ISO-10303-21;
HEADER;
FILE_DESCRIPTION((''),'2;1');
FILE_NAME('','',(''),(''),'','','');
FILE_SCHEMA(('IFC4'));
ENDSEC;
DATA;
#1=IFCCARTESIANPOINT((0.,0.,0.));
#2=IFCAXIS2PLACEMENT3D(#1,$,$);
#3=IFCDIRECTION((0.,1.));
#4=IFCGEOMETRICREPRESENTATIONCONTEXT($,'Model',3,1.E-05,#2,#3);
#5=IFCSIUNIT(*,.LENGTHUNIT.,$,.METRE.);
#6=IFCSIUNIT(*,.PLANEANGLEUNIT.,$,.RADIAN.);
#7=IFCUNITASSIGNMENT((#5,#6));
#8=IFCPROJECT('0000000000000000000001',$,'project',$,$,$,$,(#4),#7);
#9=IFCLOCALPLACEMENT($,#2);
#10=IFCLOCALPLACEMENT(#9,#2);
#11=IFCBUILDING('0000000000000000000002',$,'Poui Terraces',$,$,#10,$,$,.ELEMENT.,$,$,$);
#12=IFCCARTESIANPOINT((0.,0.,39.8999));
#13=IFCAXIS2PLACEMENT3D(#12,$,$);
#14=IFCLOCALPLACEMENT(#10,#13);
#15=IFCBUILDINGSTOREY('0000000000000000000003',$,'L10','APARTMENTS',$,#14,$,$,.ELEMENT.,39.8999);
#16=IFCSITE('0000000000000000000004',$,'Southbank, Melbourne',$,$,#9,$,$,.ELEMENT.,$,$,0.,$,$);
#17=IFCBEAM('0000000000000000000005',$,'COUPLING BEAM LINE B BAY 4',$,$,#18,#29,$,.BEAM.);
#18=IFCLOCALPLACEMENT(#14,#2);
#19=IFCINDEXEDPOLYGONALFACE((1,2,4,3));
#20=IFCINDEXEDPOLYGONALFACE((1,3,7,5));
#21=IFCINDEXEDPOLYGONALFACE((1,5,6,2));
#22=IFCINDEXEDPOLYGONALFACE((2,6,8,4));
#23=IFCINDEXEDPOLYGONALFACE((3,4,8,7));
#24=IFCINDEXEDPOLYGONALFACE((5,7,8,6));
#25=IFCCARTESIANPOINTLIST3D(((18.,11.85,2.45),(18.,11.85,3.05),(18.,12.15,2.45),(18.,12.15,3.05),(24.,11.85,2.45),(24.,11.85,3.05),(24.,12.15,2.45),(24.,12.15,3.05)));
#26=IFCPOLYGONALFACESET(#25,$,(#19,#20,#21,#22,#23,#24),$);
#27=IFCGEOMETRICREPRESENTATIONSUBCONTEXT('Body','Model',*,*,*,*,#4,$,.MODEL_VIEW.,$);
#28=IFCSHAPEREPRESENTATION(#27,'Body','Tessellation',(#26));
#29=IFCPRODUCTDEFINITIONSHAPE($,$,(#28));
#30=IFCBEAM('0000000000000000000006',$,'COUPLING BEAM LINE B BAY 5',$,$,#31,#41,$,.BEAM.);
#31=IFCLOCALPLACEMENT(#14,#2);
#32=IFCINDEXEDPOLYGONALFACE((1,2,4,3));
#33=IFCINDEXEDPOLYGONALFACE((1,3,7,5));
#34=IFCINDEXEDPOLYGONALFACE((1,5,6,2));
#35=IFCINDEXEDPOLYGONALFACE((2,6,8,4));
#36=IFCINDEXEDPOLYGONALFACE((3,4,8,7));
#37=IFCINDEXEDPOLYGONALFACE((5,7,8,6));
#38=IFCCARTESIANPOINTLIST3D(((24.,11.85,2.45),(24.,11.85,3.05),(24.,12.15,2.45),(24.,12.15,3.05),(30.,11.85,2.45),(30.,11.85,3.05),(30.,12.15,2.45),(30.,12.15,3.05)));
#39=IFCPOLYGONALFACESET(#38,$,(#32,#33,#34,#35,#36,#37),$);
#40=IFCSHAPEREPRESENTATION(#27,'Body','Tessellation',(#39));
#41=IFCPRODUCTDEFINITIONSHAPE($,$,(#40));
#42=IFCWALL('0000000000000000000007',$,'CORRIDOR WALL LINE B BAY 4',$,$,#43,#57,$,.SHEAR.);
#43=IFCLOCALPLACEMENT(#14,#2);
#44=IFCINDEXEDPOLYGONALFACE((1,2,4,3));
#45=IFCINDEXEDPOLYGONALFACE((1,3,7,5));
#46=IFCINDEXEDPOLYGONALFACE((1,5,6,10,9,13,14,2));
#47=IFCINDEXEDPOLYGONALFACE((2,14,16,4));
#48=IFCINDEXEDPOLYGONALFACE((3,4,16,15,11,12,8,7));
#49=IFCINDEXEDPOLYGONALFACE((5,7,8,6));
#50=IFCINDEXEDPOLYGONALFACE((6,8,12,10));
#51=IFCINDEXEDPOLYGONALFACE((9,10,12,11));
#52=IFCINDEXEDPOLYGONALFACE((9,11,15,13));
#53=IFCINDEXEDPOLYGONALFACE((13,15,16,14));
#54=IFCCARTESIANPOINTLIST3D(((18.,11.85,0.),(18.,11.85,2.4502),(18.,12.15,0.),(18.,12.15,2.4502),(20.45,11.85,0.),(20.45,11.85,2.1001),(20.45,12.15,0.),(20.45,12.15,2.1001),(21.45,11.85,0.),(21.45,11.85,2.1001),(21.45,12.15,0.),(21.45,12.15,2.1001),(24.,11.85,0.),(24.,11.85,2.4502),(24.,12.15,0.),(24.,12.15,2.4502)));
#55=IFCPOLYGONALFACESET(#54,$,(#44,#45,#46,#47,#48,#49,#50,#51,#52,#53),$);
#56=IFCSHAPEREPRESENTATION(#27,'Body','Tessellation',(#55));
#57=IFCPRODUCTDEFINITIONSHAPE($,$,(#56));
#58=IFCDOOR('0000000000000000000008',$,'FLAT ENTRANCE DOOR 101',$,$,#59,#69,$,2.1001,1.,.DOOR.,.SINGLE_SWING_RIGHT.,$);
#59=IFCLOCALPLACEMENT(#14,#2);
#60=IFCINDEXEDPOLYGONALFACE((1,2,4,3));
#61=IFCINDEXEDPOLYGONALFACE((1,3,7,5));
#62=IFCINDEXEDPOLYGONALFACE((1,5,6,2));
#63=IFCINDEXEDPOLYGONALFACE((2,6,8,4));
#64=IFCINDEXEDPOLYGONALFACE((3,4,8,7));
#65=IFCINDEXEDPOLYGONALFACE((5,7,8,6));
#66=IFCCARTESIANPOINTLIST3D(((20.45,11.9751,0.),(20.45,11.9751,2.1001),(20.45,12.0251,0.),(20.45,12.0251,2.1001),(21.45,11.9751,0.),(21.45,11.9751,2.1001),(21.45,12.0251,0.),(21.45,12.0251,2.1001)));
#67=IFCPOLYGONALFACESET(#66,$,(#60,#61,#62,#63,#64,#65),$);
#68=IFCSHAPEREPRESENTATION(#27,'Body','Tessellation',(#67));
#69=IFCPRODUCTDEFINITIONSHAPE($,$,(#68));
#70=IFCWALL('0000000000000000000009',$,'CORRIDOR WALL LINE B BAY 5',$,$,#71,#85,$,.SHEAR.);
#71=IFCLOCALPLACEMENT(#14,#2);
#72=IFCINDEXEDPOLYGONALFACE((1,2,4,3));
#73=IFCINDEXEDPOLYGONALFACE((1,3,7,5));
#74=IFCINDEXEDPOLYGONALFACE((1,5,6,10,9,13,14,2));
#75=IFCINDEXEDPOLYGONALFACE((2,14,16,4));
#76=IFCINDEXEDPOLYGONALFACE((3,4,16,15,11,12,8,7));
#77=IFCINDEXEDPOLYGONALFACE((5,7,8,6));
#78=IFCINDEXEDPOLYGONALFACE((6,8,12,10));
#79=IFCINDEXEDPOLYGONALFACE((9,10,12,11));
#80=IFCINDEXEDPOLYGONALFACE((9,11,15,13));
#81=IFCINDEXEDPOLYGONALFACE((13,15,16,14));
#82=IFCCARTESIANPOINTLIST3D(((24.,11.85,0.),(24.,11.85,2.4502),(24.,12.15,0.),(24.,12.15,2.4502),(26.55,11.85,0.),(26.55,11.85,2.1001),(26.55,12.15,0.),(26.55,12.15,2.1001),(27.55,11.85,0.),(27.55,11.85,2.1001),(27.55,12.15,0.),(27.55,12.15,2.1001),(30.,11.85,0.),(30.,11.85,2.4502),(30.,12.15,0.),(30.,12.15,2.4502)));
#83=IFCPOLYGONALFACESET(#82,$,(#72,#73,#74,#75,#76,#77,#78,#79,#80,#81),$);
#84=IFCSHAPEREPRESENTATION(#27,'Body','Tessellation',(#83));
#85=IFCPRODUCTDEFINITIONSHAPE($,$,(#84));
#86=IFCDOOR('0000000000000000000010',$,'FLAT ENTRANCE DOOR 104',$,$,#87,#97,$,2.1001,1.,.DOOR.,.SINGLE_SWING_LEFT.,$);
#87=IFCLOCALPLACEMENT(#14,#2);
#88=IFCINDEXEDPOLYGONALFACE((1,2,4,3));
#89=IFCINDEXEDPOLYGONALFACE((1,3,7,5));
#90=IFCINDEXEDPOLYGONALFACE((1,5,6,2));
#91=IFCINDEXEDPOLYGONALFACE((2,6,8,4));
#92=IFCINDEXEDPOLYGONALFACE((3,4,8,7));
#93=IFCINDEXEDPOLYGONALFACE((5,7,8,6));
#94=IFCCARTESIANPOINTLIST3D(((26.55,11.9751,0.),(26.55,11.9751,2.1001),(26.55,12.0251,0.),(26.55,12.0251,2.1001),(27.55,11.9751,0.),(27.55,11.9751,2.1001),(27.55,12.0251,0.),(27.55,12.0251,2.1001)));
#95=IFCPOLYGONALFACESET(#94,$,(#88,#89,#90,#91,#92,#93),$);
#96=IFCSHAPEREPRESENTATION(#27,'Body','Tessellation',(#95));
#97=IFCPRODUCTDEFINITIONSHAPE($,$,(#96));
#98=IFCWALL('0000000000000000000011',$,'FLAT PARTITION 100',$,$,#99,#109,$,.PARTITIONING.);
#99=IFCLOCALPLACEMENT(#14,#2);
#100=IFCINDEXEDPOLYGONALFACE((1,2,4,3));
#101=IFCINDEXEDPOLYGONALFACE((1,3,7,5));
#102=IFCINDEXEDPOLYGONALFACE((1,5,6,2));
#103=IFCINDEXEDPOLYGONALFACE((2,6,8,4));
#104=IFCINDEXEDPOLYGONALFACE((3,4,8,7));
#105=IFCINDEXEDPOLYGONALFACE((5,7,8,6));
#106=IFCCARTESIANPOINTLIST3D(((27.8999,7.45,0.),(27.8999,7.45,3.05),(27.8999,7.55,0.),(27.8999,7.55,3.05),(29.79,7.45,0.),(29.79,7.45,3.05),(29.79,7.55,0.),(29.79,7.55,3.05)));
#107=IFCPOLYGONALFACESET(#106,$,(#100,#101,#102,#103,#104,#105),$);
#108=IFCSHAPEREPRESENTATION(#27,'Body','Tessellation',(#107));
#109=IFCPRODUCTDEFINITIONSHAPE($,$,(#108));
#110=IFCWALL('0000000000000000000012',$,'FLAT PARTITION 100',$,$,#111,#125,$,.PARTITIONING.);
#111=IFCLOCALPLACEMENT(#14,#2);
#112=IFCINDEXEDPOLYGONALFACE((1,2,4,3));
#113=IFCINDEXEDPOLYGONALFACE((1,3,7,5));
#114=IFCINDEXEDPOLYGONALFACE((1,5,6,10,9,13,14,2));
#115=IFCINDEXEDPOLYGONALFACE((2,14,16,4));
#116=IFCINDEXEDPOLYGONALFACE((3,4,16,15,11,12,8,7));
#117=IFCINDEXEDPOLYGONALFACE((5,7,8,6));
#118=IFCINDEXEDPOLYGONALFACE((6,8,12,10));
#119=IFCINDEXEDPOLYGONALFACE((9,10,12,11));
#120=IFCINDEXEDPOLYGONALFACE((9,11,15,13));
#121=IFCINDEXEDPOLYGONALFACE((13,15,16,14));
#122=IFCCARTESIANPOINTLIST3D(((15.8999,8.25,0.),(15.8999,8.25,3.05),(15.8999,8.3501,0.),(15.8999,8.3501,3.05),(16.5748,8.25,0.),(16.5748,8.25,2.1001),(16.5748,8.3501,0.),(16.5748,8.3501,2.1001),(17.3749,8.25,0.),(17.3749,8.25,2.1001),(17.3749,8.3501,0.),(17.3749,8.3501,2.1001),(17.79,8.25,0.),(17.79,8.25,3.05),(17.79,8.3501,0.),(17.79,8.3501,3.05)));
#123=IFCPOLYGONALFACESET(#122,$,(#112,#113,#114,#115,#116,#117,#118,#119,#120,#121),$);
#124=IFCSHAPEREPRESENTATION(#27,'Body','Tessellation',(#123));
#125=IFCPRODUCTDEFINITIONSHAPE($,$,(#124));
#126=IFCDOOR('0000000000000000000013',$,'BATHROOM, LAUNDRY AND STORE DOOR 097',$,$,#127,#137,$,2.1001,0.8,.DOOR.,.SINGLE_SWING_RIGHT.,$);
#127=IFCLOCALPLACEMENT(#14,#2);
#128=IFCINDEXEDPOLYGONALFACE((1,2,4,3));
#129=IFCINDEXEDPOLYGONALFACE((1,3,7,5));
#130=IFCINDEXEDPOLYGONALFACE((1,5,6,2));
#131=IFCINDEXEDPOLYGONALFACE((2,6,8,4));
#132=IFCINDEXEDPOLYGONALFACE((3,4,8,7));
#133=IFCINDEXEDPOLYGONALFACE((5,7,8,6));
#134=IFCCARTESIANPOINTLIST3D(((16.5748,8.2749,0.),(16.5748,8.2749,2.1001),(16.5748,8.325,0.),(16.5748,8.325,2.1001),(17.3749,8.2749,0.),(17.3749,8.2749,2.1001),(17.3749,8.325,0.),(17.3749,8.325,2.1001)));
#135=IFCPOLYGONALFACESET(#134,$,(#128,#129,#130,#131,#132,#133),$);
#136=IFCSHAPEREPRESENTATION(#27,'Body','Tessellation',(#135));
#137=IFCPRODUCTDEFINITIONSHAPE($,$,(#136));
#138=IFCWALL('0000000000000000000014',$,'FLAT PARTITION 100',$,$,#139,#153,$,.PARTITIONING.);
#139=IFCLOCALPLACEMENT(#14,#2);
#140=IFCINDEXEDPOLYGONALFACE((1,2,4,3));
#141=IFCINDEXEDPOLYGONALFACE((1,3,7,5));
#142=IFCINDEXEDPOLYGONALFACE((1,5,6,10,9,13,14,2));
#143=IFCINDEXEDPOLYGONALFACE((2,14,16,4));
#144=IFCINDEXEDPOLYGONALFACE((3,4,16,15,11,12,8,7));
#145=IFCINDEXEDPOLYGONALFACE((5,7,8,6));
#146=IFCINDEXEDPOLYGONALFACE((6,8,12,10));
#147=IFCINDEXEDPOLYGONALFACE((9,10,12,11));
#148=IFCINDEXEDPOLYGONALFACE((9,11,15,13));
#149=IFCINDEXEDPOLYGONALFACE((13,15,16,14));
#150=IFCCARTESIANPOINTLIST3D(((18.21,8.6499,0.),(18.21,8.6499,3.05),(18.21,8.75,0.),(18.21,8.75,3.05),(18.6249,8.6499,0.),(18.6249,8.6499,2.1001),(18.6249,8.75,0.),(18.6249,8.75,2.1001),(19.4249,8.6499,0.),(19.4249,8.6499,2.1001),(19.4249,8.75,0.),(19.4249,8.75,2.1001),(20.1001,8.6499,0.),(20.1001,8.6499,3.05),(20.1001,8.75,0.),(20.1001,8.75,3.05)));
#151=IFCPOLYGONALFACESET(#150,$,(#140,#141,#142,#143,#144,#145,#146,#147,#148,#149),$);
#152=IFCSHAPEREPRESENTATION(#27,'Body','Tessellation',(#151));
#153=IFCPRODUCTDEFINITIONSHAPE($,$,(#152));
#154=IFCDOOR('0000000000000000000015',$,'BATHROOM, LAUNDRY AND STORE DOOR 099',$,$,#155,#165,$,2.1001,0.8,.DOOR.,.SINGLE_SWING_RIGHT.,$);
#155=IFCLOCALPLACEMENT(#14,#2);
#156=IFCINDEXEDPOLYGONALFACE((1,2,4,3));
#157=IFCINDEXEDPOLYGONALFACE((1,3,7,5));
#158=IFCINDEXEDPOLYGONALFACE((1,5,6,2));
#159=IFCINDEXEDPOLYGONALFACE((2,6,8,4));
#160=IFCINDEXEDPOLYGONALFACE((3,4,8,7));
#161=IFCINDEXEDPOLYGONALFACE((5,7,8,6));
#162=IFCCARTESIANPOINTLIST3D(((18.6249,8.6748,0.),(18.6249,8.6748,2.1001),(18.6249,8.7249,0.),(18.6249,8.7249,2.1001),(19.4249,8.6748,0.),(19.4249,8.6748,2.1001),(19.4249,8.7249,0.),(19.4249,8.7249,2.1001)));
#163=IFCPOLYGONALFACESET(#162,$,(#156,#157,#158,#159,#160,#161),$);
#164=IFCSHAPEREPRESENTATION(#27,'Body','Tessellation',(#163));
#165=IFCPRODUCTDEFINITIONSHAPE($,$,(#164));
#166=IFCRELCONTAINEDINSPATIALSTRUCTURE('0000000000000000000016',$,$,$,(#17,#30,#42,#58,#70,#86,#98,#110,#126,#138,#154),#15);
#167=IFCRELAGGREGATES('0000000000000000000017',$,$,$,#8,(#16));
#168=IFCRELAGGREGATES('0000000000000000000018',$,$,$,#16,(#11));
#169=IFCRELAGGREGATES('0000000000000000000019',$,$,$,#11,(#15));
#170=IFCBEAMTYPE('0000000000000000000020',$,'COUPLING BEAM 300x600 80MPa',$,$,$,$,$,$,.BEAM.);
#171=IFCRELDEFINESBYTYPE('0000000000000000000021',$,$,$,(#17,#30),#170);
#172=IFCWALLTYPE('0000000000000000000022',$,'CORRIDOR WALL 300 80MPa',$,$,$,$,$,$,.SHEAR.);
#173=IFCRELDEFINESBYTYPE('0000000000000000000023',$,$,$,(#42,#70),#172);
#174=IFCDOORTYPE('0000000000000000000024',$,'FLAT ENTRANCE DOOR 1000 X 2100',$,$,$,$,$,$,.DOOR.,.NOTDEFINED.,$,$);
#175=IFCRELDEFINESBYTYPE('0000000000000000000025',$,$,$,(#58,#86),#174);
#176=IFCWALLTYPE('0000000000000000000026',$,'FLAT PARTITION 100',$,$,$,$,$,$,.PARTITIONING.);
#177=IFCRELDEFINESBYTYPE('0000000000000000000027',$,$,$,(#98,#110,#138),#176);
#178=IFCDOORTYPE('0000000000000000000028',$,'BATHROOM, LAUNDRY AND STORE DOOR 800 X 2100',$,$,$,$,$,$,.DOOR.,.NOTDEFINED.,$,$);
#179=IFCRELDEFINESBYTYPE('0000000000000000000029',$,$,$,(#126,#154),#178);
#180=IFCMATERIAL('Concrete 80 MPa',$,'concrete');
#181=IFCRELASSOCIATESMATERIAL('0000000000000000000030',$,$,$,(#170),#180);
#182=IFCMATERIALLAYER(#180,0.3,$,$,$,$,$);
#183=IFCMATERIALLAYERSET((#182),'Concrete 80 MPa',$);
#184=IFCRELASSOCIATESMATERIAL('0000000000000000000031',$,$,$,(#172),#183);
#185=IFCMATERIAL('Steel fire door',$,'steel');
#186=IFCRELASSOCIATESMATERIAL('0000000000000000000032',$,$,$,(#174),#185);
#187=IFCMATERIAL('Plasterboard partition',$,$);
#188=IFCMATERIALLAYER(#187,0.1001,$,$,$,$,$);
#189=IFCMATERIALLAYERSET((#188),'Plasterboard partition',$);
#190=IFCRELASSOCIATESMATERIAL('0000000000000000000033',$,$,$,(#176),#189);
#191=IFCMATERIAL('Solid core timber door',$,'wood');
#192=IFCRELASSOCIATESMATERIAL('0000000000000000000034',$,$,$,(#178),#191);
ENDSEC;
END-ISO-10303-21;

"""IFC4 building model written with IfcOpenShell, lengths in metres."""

from ifc_helpers import new_model, si_unit, direction, frame, frame_2d, origin, origin_2d, place, context, subcontext, project, spatial, rectangle, extrude, source, transform, mapped, material, layer, layer_set, material_profile, profile_set, type_object, element, fill, save


model = new_model("IFC4")

# Units and contexts
model_context = context("Model", 3, precision=1e-05, world=origin(), true_north=direction((0.0, 1.0)))
body_context = subcontext(model_context, "Body", "Model", "MODEL_VIEW")
ifc_project = project(units=[si_unit("LENGTHUNIT", "METRE"), si_unit("PLANEANGLEUNIT", "RADIAN")], contexts=[model_context])

# Site, building, storey
site_placement = place(None, origin())
site = spatial("IfcSite", under=ifc_project, at=site_placement, Name="Southbank, Melbourne", CompositionType="ELEMENT", RefElevation=0.0)
building_placement = place(site_placement, origin())
building = spatial("IfcBuilding", under=site, at=building_placement, Name="Poui Terraces", CompositionType="ELEMENT")
storey_placement = place(building_placement, frame((0.0, 0.0, 39.8999)))
storey = spatial("IfcBuildingStorey", under=building, at=storey_placement, Name="L10", Description="APARTMENTS", CompositionType="ELEMENT", Elevation=39.8999)

# Beams
ifc_material_1 = material(Name="Concrete 80 MPa", Category="concrete")
ifc_material_profile = material_profile(ifc_material_1, rectangle(XDim=0.3, YDim=0.6001, at=origin_2d()), Name="RC 300x600")
ifc_profile_set = profile_set([ifc_material_profile], Name="Concrete 80 MPa")
beam_type = type_object("IfcBeamType", Name="COUPLING BEAM 300x600 80MPa", PredefinedType="BEAM", material=ifc_profile_set)
shared_shape = source(origin(), body_context, "Body", "SweptSolid", [
    extrude(rectangle(XDim=0.3, YDim=0.6001, at=origin_2d()), origin(), (0.0, 0.0, 1.0), 6.0),
])
for number, where, z_axis, x_axis, name in (
    (1, (18.0, 12.0, 2.75), (1.0, 0.0, 0.0), (0.0, 1.0, 0.0), "COUPLING BEAM LINE B BAY 4"),
    (2, (24.0, 12.0, 2.75), (1.0, 0.0, 0.0), (0.0, 1.0, 0.0), "COUPLING BEAM LINE B BAY 5"),
):
    element("IfcBeam", number, at=place(storey_placement, frame(where, z_axis=z_axis, x_axis=x_axis)), inside=storey, type_object=beam_type, Name=name, PredefinedType="BEAM", context=body_context, shape_type="MappedRepresentation", body=[
        mapped(shared_shape, transform((0.0, 0.0, 0.0))),
    ])

# Walls, openings, doors
ifc_layer_1 = layer(ifc_material_1, 0.3)
ifc_layer_set_1 = layer_set([ifc_layer_1], Name="Concrete 80 MPa")
wall_type_1 = type_object("IfcWallType", Name="CORRIDOR WALL 300 80MPa", PredefinedType="SHEAR", material=ifc_layer_set_1)
wall_1_placement = place(storey_placement, frame((18.0, 12.0, 0.0), z_axis=(0.0, 0.0, 1.0), x_axis=(1.0, 0.0, 0.0)))
wall_1 = element("IfcWall", 3, at=wall_1_placement, inside=storey, type_object=wall_type_1, Name="CORRIDOR WALL LINE B BAY 4", PredefinedType="SHEAR", context=body_context, shape_type="SweptSolid", body=[
    extrude(rectangle(XDim=6.0, YDim=0.3, at=frame_2d((3.0, 0.0))), origin(), (0.0, 0.0, 1.0), 2.4502),
])
opening_1_placement = place(wall_1_placement, frame((2.45, 0.0, 0.0)))
opening_1 = element("IfcOpeningElement", 4, at=opening_1_placement, cuts=wall_1, PredefinedType="OPENING", context=body_context, shape_type="SweptSolid", body=[
    extrude(rectangle(XDim=1.0, YDim=2.1001, at=frame_2d((0.5, 1.05))), frame((0.0, 0.1602, 0.0), z_axis=(0.0, -1.0, 0.0), x_axis=(1.0, 0.0, 0.0)), (0.0, 0.0, 1.0), 0.3201),
])
ifc_material_2 = material(Name="Steel fire door", Category="steel")
door_type_1 = type_object("IfcDoorType", Name="FLAT ENTRANCE DOOR 1000 X 2100", OperationType="NOTDEFINED", PredefinedType="DOOR", material=ifc_material_2)
door_1_placement = place(opening_1_placement, frame((1.0, 0.0, 0.0), z_axis=(0.0, 0.0, 1.0), x_axis=(-1.0, 0.0, 0.0)))
door_1 = element("IfcDoor", 5, at=door_1_placement, inside=storey, type_object=door_type_1, Name="FLAT ENTRANCE DOOR 101", OperationType="SINGLE_SWING_RIGHT", OverallHeight=2.1001, OverallWidth=1.0, PredefinedType="DOOR", context=body_context, shape_type="SweptSolid", body=[
    extrude(rectangle(XDim=1.0, YDim=2.1001, at=frame_2d((0.5, 1.05))), frame((0.0, 0.0249, 0.0), z_axis=(0.0, -1.0, 0.0), x_axis=(1.0, 0.0, 0.0)), (0.0, 0.0, 1.0), 0.05),
])
fill(opening_1, door_1)
wall_2_placement = place(storey_placement, frame((24.0, 12.0, 0.0), z_axis=(0.0, 0.0, 1.0), x_axis=(1.0, 0.0, 0.0)))
wall_2 = element("IfcWall", 6, at=wall_2_placement, inside=storey, type_object=wall_type_1, Name="CORRIDOR WALL LINE B BAY 5", PredefinedType="SHEAR", context=body_context, shape_type="SweptSolid", body=[
    extrude(rectangle(XDim=6.0, YDim=0.3, at=frame_2d((3.0, 0.0))), origin(), (0.0, 0.0, 1.0), 2.4502),
])
opening_2_placement = place(wall_2_placement, frame((2.55, 0.0, 0.0)))
opening_2 = element("IfcOpeningElement", 7, at=opening_2_placement, cuts=wall_2, PredefinedType="OPENING", context=body_context, shape_type="SweptSolid", body=[
    extrude(rectangle(XDim=1.0, YDim=2.1001, at=frame_2d((0.5, 1.05))), frame((0.0, 0.1602, 0.0), z_axis=(0.0, -1.0, 0.0), x_axis=(1.0, 0.0, 0.0)), (0.0, 0.0, 1.0), 0.3201),
])
door_2_placement = place(opening_2_placement, frame((1.0, 0.0, 0.0), z_axis=(0.0, 0.0, 1.0), x_axis=(-1.0, 0.0, 0.0)))
door_2 = element("IfcDoor", 8, at=door_2_placement, inside=storey, type_object=door_type_1, Name="FLAT ENTRANCE DOOR 104", OperationType="SINGLE_SWING_LEFT", OverallHeight=2.1001, OverallWidth=1.0, PredefinedType="DOOR", context=body_context, shape_type="SweptSolid", body=[
    extrude(rectangle(XDim=1.0, YDim=2.1001, at=frame_2d((0.5, 1.05))), frame((0.0, 0.0249, 0.0), z_axis=(0.0, -1.0, 0.0), x_axis=(1.0, 0.0, 0.0)), (0.0, 0.0, 1.0), 0.05),
])
fill(opening_2, door_2)

# Wall
ifc_material_3 = material(Name="Plasterboard partition")
ifc_layer_2 = layer(ifc_material_3, 0.1001)
ifc_layer_set_2 = layer_set([ifc_layer_2], Name="Plasterboard partition")
wall_type_2 = type_object("IfcWallType", Name="FLAT PARTITION 100", PredefinedType="PARTITIONING", material=ifc_layer_set_2)
wall_3_placement = place(storey_placement, frame((27.8999, 7.5, 0.0), z_axis=(0.0, 0.0, 1.0), x_axis=(1.0, 0.0, 0.0)))
element("IfcWall", 9, at=wall_3_placement, inside=storey, type_object=wall_type_2, Name="FLAT PARTITION 100", PredefinedType="PARTITIONING", context=body_context, shape_type="SweptSolid", body=[
    extrude(rectangle(XDim=1.8901, YDim=0.1001, at=frame_2d((0.9451, 0.0))), origin(), (0.0, 0.0, 1.0), 3.05),
])

# Walls, openings, doors
wall_4_placement = place(storey_placement, frame((15.8999, 8.3, 0.0), z_axis=(0.0, 0.0, 1.0), x_axis=(1.0, 0.0, 0.0)))
wall_4 = element("IfcWall", 10, at=wall_4_placement, inside=storey, type_object=wall_type_2, Name="FLAT PARTITION 100", PredefinedType="PARTITIONING", context=body_context, shape_type="SweptSolid", body=[
    extrude(rectangle(XDim=1.8901, YDim=0.1001, at=frame_2d((0.9451, 0.0))), origin(), (0.0, 0.0, 1.0), 3.05),
])
opening_3_placement = place(wall_4_placement, frame((0.675, 0.0, 0.0)))
opening_3 = element("IfcOpeningElement", 11, at=opening_3_placement, cuts=wall_4, PredefinedType="OPENING", context=body_context, shape_type="SweptSolid", body=[
    extrude(rectangle(XDim=0.8, YDim=2.1001, at=frame_2d((0.3999, 1.05))), frame((0.0, 0.0601, 0.0), z_axis=(0.0, -1.0, 0.0), x_axis=(1.0, 0.0, 0.0)), (0.0, 0.0, 1.0), 0.1201),
])
ifc_material_4 = material(Name="Solid core timber door", Category="wood")
door_type_2 = type_object("IfcDoorType", Name="BATHROOM, LAUNDRY AND STORE DOOR 800 X 2100", OperationType="NOTDEFINED", PredefinedType="DOOR", material=ifc_material_4)
door_3_placement = place(opening_3_placement, origin())
door_3 = element("IfcDoor", 12, at=door_3_placement, inside=storey, type_object=door_type_2, Name="BATHROOM, LAUNDRY AND STORE DOOR 097", OperationType="SINGLE_SWING_RIGHT", OverallHeight=2.1001, OverallWidth=0.8, PredefinedType="DOOR", context=body_context, shape_type="SweptSolid", body=[
    extrude(rectangle(XDim=0.8, YDim=2.1001, at=frame_2d((0.3999, 1.05))), frame((0.0, 0.0249, 0.0), z_axis=(0.0, -1.0, 0.0), x_axis=(1.0, 0.0, 0.0)), (0.0, 0.0, 1.0), 0.05),
])
fill(opening_3, door_3)
wall_5_placement = place(storey_placement, frame((18.21, 8.7, 0.0), z_axis=(0.0, 0.0, 1.0), x_axis=(1.0, 0.0, 0.0)))
wall_5 = element("IfcWall", 13, at=wall_5_placement, inside=storey, type_object=wall_type_2, Name="FLAT PARTITION 100", PredefinedType="PARTITIONING", context=body_context, shape_type="SweptSolid", body=[
    extrude(rectangle(XDim=1.8901, YDim=0.1001, at=frame_2d((0.9451, 0.0))), origin(), (0.0, 0.0, 1.0), 3.05),
])
opening_4_placement = place(wall_5_placement, frame((0.415, 0.0, 0.0)))
opening_4 = element("IfcOpeningElement", 14, at=opening_4_placement, cuts=wall_5, PredefinedType="OPENING", context=body_context, shape_type="SweptSolid", body=[
    extrude(rectangle(XDim=0.8, YDim=2.1001, at=frame_2d((0.3999, 1.05))), frame((0.0, 0.0601, 0.0), z_axis=(0.0, -1.0, 0.0), x_axis=(1.0, 0.0, 0.0)), (0.0, 0.0, 1.0), 0.1201),
])
door_4_placement = place(opening_4_placement, origin())
door_4 = element("IfcDoor", 15, at=door_4_placement, inside=storey, type_object=door_type_2, Name="BATHROOM, LAUNDRY AND STORE DOOR 099", OperationType="SINGLE_SWING_RIGHT", OverallHeight=2.1001, OverallWidth=0.8, PredefinedType="DOOR", context=body_context, shape_type="SweptSolid", body=[
    extrude(rectangle(XDim=0.8, YDim=2.1001, at=frame_2d((0.3999, 1.05))), frame((0.0, 0.0249, 0.0), z_axis=(0.0, -1.0, 0.0), x_axis=(1.0, 0.0, 0.0)), (0.0, 0.0, 1.0), 0.05),
])
fill(opening_4, door_4)

save(model, "model.ifc")
